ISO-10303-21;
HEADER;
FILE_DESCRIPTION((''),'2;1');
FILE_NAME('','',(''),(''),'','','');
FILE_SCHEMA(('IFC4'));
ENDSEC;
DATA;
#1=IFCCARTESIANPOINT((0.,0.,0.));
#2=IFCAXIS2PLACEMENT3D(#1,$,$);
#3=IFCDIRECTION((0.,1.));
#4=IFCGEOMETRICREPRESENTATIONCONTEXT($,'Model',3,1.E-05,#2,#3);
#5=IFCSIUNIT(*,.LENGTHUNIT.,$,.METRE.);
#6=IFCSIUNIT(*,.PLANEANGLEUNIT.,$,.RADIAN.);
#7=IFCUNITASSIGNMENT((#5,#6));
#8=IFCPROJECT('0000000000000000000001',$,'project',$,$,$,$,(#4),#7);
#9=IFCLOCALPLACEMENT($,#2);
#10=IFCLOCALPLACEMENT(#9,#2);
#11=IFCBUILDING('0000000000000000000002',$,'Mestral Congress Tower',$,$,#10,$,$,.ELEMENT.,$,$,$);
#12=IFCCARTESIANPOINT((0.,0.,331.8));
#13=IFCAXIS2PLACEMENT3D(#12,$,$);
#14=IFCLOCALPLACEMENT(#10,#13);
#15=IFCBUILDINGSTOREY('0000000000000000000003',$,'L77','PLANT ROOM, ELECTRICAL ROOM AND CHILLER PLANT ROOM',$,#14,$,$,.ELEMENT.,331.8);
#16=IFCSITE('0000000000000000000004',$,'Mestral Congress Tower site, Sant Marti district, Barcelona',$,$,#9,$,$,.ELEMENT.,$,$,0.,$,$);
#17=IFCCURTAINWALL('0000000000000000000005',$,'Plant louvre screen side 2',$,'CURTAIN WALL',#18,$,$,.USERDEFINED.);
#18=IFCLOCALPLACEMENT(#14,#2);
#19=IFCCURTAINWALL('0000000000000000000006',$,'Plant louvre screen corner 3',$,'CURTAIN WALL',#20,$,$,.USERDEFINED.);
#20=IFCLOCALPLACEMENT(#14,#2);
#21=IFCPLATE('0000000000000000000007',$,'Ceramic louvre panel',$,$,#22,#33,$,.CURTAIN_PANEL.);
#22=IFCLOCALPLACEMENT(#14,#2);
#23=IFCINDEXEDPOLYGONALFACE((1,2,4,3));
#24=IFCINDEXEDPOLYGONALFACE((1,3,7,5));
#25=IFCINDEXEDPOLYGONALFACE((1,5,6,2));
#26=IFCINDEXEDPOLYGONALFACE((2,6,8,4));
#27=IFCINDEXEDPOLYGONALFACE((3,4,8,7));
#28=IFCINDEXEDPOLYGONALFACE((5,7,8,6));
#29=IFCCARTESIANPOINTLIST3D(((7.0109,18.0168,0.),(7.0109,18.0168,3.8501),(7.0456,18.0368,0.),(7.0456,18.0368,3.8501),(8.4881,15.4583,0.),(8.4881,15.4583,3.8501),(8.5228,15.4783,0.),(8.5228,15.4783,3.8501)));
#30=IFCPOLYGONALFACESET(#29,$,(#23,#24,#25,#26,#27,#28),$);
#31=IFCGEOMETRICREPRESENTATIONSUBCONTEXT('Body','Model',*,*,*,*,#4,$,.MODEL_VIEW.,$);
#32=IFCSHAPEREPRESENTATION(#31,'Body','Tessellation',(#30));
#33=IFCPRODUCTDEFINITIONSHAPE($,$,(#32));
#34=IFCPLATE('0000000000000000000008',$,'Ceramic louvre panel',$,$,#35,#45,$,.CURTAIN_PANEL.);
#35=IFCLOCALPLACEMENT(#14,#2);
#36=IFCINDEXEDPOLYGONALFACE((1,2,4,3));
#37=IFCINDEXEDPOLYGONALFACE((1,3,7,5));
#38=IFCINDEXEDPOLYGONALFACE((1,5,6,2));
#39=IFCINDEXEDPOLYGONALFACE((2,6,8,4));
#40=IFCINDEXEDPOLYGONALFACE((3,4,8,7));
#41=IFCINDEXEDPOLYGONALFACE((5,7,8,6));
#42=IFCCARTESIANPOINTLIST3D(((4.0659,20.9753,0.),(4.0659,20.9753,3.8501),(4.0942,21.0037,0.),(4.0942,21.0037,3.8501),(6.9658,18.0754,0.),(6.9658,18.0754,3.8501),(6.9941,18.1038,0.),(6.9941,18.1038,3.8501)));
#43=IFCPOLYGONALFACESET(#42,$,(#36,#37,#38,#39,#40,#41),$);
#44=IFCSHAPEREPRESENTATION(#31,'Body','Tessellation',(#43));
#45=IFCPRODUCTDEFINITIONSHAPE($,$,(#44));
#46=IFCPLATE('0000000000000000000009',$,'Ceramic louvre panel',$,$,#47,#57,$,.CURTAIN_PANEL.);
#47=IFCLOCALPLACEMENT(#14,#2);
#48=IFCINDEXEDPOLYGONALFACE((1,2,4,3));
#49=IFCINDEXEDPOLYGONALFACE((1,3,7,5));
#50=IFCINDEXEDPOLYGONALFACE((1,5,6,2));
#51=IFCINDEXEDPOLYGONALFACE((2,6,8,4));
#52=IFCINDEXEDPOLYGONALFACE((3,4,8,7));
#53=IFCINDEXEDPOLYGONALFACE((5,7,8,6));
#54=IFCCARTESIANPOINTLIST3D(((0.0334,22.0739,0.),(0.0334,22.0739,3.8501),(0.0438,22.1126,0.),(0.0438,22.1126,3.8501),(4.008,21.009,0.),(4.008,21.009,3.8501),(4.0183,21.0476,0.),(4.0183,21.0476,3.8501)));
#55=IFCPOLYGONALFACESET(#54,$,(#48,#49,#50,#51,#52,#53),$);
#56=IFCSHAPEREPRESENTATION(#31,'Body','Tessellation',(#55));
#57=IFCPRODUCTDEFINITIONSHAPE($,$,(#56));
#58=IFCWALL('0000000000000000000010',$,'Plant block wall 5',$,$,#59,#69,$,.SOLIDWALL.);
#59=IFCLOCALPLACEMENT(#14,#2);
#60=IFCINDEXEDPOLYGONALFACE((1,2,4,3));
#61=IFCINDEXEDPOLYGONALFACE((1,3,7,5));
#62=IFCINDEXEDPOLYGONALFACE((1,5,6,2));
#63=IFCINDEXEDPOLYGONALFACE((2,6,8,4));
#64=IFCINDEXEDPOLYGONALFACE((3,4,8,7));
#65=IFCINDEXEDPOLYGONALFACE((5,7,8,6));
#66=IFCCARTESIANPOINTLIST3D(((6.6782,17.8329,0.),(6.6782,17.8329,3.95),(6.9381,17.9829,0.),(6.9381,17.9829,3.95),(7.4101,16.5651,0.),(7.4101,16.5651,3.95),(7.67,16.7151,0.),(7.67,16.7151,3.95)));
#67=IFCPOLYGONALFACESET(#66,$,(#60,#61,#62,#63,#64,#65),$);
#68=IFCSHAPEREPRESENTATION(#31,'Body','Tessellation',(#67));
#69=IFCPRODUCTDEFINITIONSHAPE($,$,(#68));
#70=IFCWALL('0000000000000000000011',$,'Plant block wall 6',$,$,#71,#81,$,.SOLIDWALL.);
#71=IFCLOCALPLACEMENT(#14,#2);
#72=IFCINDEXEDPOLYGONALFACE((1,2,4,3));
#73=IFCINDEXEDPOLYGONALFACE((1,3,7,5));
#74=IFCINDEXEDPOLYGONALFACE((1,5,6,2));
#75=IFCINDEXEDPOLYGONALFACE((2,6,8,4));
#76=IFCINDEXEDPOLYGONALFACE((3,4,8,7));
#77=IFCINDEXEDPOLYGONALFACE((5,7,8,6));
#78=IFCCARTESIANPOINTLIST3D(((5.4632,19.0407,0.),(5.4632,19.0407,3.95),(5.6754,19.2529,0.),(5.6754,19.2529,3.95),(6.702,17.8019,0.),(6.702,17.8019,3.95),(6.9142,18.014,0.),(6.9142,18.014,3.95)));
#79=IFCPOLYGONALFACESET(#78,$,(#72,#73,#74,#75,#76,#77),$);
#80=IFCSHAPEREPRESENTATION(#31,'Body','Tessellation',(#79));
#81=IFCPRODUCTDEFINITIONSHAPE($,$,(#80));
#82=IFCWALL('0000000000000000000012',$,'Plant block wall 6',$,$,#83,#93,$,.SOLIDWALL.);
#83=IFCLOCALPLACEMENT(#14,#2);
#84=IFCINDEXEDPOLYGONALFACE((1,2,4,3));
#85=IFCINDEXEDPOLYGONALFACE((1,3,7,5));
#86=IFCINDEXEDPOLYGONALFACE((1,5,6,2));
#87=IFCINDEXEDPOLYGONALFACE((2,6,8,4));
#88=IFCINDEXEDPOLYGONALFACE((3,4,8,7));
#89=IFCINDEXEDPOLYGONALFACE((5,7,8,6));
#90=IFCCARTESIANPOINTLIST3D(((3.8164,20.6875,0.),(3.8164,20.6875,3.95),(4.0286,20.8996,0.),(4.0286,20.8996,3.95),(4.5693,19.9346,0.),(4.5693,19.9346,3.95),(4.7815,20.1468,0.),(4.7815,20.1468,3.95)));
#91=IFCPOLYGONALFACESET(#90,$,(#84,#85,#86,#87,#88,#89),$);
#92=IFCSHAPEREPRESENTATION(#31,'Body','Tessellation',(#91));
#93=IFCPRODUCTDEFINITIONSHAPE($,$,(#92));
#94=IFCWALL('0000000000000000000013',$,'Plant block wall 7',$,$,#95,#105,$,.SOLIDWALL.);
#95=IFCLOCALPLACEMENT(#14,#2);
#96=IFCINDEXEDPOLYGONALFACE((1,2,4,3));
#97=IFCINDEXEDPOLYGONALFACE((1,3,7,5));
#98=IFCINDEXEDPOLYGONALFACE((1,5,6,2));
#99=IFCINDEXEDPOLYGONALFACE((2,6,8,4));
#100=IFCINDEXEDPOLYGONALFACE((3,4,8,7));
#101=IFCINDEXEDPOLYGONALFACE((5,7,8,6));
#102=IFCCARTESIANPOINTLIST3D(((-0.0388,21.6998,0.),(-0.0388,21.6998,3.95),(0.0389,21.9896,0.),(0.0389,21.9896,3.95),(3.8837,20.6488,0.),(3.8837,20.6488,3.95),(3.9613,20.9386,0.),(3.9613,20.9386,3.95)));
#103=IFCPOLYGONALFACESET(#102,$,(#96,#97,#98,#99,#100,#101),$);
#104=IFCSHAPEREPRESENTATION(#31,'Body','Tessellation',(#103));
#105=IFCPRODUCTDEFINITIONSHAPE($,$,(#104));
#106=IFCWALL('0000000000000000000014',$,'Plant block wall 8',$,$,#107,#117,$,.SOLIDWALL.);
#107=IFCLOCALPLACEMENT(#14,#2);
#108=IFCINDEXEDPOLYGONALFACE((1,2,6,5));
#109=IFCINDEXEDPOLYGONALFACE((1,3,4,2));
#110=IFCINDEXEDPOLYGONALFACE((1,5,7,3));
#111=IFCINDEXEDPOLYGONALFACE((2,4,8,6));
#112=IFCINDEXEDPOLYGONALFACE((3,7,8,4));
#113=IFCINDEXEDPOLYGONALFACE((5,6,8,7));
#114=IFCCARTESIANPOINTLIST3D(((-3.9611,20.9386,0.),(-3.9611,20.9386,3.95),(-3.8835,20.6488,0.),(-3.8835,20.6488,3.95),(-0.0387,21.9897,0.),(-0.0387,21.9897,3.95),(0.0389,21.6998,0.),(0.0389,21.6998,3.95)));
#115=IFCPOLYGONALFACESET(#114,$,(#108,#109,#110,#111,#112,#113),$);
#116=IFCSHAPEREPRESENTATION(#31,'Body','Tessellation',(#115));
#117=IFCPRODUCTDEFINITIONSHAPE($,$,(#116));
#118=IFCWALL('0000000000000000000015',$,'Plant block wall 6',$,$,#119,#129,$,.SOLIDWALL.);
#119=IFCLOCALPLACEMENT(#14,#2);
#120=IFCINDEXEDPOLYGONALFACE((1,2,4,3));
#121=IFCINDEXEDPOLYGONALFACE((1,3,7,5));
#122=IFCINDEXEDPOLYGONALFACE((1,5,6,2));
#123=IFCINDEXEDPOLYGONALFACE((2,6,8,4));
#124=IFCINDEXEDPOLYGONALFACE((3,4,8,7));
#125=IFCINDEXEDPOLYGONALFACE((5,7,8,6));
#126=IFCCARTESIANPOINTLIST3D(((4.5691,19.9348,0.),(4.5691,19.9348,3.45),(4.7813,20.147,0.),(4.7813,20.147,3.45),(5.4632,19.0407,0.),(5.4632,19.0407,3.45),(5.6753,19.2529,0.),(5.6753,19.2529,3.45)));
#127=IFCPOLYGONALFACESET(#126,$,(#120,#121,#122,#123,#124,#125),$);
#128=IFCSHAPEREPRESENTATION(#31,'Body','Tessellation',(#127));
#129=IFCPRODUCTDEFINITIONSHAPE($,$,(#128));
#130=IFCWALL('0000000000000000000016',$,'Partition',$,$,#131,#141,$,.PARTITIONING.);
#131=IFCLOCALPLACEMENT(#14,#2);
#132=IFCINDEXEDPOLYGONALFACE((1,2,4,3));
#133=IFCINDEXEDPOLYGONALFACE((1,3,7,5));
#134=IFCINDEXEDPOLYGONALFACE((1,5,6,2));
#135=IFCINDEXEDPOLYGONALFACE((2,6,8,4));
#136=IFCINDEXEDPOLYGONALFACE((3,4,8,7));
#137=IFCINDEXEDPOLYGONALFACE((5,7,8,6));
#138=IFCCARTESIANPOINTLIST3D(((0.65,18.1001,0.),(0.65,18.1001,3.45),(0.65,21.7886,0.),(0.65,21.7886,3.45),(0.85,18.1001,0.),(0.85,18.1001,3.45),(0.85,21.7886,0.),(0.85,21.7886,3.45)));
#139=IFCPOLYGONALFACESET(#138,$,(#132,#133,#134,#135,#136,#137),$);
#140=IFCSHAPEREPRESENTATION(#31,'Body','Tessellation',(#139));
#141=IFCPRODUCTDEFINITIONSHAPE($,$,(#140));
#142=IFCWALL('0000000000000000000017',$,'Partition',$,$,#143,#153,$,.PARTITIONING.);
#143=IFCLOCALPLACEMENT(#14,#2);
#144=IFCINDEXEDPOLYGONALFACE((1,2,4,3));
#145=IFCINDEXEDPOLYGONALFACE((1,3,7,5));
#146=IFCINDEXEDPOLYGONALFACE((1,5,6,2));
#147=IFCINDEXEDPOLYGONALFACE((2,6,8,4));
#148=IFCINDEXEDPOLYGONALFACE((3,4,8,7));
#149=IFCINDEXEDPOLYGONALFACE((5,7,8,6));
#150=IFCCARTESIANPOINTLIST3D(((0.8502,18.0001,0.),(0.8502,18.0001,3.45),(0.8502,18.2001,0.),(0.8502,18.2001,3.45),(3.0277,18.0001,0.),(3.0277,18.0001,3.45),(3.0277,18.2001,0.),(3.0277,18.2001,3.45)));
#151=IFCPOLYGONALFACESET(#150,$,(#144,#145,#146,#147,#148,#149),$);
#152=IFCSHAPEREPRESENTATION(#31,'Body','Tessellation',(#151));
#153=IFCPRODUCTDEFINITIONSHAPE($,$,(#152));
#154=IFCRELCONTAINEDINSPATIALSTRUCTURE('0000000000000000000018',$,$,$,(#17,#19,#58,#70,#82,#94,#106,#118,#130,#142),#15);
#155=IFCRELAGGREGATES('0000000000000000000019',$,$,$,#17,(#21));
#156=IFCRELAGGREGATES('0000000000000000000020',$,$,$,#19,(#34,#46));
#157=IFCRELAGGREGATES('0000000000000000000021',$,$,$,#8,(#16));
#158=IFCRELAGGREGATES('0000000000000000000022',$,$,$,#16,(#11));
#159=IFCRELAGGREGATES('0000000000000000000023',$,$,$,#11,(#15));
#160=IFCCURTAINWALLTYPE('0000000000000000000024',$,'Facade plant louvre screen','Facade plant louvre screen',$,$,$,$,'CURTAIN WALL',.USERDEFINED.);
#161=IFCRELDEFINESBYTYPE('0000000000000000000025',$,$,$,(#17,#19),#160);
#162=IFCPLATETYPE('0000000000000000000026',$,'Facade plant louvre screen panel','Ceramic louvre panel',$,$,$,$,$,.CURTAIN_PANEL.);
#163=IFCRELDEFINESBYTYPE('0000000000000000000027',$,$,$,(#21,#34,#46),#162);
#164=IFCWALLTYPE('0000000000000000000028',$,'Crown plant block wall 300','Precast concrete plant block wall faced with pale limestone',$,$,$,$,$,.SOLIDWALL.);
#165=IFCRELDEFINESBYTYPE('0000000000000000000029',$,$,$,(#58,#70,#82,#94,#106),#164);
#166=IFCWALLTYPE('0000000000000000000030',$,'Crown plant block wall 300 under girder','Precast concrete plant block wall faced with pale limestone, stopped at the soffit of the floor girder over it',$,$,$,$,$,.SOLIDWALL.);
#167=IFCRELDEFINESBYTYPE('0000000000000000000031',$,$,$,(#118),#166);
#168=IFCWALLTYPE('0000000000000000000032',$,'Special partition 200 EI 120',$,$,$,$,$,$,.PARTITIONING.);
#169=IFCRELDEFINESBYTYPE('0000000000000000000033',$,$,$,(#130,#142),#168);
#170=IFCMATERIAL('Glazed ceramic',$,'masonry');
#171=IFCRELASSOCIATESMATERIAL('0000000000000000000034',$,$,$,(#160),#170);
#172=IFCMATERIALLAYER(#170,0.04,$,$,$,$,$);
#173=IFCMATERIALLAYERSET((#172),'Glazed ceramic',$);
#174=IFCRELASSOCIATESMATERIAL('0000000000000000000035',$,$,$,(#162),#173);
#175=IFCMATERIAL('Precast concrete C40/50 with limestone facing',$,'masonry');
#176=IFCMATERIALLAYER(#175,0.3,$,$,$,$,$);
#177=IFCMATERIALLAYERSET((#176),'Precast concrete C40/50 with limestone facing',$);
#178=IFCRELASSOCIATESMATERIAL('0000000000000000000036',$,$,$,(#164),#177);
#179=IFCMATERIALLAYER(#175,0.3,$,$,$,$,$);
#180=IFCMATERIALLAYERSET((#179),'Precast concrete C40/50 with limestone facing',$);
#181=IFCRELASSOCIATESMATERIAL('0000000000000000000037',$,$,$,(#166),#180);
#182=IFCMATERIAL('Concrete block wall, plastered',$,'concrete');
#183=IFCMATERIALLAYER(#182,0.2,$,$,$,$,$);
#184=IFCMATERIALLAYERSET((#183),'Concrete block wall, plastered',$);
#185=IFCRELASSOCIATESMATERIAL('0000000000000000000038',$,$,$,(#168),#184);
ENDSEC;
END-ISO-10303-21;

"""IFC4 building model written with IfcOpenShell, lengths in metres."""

from ifc_helpers import new_model, si_unit, direction, frame, frame_2d, origin, origin_2d, place, context, subcontext, project, spatial, rectangle, extrude, material, layer, layer_set, type_object, element, aggregate, save


model = new_model("IFC4")

# Units and contexts
model_context = context("Model", 3, precision=1e-05, world=origin(), true_north=direction((0.0, 1.0)))
body_context = subcontext(model_context, "Body", "Model", "MODEL_VIEW")
ifc_project = project(units=[si_unit("LENGTHUNIT", "METRE"), si_unit("PLANEANGLEUNIT", "RADIAN")], contexts=[model_context])

# Site, building, storey
site_placement = place(None, origin())
site = spatial("IfcSite", under=ifc_project, at=site_placement, Name="Mestral Congress Tower site, Sant Marti district, Barcelona", CompositionType="ELEMENT", RefElevation=0.0)
building_placement = place(site_placement, origin())
building = spatial("IfcBuilding", under=site, at=building_placement, Name="Mestral Congress Tower", CompositionType="ELEMENT")
storey_placement = place(building_placement, frame((0.0, 0.0, 331.8)))
storey = spatial("IfcBuildingStorey", under=building, at=storey_placement, Name="L77", Description="PLANT ROOM, ELECTRICAL ROOM AND CHILLER PLANT ROOM", CompositionType="ELEMENT", Elevation=331.8)

# Curtain wall
ifc_material_1 = material(Name="Glazed ceramic", Category="masonry")
curtain_wall_type = type_object("IfcCurtainWallType", Name="Facade plant louvre screen", Description="Facade plant louvre screen", ElementType="CURTAIN WALL", PredefinedType="USERDEFINED", material=ifc_material_1)
placement = place(storey_placement, origin())
curtain_wall_1 = element("IfcCurtainWall", 1, at=placement, inside=storey, type_object=curtain_wall_type, Name="Plant louvre screen side 2", ObjectType="CURTAIN WALL", PredefinedType="USERDEFINED")

# Curtain wall
curtain_wall_2 = element("IfcCurtainWall", 2, at=placement, inside=storey, type_object=curtain_wall_type, Name="Plant louvre screen corner 3", ObjectType="CURTAIN WALL", PredefinedType="USERDEFINED")

# Plates
ifc_layer_1 = layer(ifc_material_1, 0.04)
ifc_layer_set_1 = layer_set([ifc_layer_1], Name="Glazed ceramic")
plate_type = type_object("IfcPlateType", Name="Facade plant louvre screen panel", Description="Ceramic louvre panel", PredefinedType="CURTAIN_PANEL", material=ifc_layer_set_1)
plate_1_placement = place(storey_placement, frame((7.7668, 16.7476, 0.0), z_axis=(0.0, 0.0, 1.0), x_axis=(-0.500002, 0.866025, 0.0)))
plate_1 = element("IfcPlate", 3, at=plate_1_placement, type_object=plate_type, Name="Ceramic louvre panel", PredefinedType="CURTAIN_PANEL", context=body_context, shape_type="SweptSolid", body=[
    extrude(rectangle(XDim=2.9543, YDim=0.04, at=origin_2d()), origin(), (0.0, 0.0, 1.0), 3.8501),
])
aggregate(curtain_wall_1, [plate_1])
plate_2_placement = place(storey_placement, frame((5.53, 19.5396, 0.0), z_axis=(0.0, 0.0, 1.0), x_axis=(-0.707107, 0.707107, 0.0)))
plate_2 = element("IfcPlate", 4, at=plate_2_placement, type_object=plate_type, Name="Ceramic louvre panel", PredefinedType="CURTAIN_PANEL", context=body_context, shape_type="SweptSolid", body=[
    extrude(rectangle(XDim=4.1011, YDim=0.04, at=origin_2d()), origin(), (0.0, 0.0, 1.0), 3.8501),
])
plate_3_placement = place(storey_placement, frame((2.0259, 21.5608, 0.0), z_axis=(0.0, 0.0, 1.0), x_axis=(-0.965926, 0.258819, 0.0)))
plate_3 = element("IfcPlate", 5, at=plate_3_placement, type_object=plate_type, Name="Ceramic louvre panel", PredefinedType="CURTAIN_PANEL", context=body_context, shape_type="SweptSolid", body=[
    extrude(rectangle(XDim=4.1147, YDim=0.04, at=origin_2d()), origin(), (0.0, 0.0, 1.0), 3.8501),
])
aggregate(curtain_wall_2, [plate_2, plate_3])

# Walls
ifc_material_2 = material(Name="Precast concrete C40/50 with limestone facing", Category="masonry")
ifc_layer_2 = layer(ifc_material_2, 0.3)
ifc_layer_set_2 = layer_set([ifc_layer_2], Name="Precast concrete C40/50 with limestone facing")
wall_type_1 = type_object("IfcWallType", Name="Crown plant block wall 300", Description="Precast concrete plant block wall faced with pale limestone", PredefinedType="SOLIDWALL", material=ifc_layer_set_2)
wall_1_placement = place(storey_placement, frame((7.54, 16.6401, 0.0), z_axis=(0.0, 0.0, 1.0), x_axis=(-0.499977, 0.866038, 0.0)))
element("IfcWall", 6, at=wall_1_placement, inside=storey, type_object=wall_type_1, Name="Plant block wall 5", PredefinedType="SOLIDWALL", context=body_context, shape_type="SweptSolid", body=[
    extrude(rectangle(XDim=1.4639, YDim=0.3, at=frame_2d((0.7319, 0.0))), origin(), (0.0, 0.0, 1.0), 3.95),
])
wall_2_placement = place(storey_placement, frame((6.8081, 17.908, 0.0), z_axis=(0.0, 0.0, 1.0), x_axis=(-0.707107, 0.707107, 0.0)))
element("IfcWall", 7, at=wall_2_placement, inside=storey, type_object=wall_type_1, Name="Plant block wall 6", PredefinedType="SOLIDWALL", context=body_context, shape_type="SweptSolid", body=[
    extrude(rectangle(XDim=1.752, YDim=0.3, at=frame_2d((0.876, 0.0))), origin(), (0.0, 0.0, 1.0), 3.95),
])
wall_3_placement = place(storey_placement, frame((4.6753, 20.0408, 0.0), z_axis=(0.0, 0.0, 1.0), x_axis=(-0.707107, 0.707107, 0.0)))
element("IfcWall", 8, at=wall_3_placement, inside=storey, type_object=wall_type_1, Name="Plant block wall 6", PredefinedType="SOLIDWALL", context=body_context, shape_type="SweptSolid", body=[
    extrude(rectangle(XDim=1.0647, YDim=0.3, at=frame_2d((0.5322, 0.0))), origin(), (0.0, 0.0, 1.0), 3.95),
])
for number, where, z_axis, x_axis, name in (
    (9, (3.9224, 20.7937, 0.0), (0.0, 0.0, 1.0), (-0.965924, 0.258826, 0.0), "Plant block wall 7"),
    (10, (0.0, 21.8447, 0.0), (0.0, 0.0, 1.0), (-0.965924, -0.258826, 0.0), "Plant block wall 8"),
):
    element("IfcWall", number, at=place(storey_placement, frame(where, z_axis=z_axis, x_axis=x_axis)), inside=storey, type_object=wall_type_1, Name=name, PredefinedType="SOLIDWALL", context=body_context, shape_type="SweptSolid", body=[
        extrude(rectangle(XDim=4.0608, YDim=0.3, at=frame_2d((2.0303, 0.0))), origin(), (0.0, 0.0, 1.0), 3.95),
    ])
ifc_layer_3 = layer(ifc_material_2, 0.3)
ifc_layer_set_3 = layer_set([ifc_layer_3], Name="Precast concrete C40/50 with limestone facing")
wall_type_2 = type_object("IfcWallType", Name="Crown plant block wall 300 under girder", Description="Precast concrete plant block wall faced with pale limestone, stopped at the soffit of the floor girder over it", PredefinedType="SOLIDWALL", material=ifc_layer_set_3)
wall_4_placement = place(storey_placement, frame((5.5693, 19.1467, 0.0), z_axis=(0.0, 0.0, 1.0), x_axis=(-0.707107, 0.707107, 0.0)))
element("IfcWall", 11, at=wall_4_placement, inside=storey, type_object=wall_type_2, Name="Plant block wall 6", PredefinedType="SOLIDWALL", context=body_context, shape_type="SweptSolid", body=[
    extrude(rectangle(XDim=1.2644, YDim=0.3, at=frame_2d((0.6323, 0.0))), origin(), (0.0, 0.0, 1.0), 3.45),
])
ifc_material_3 = material(Name="Concrete block wall, plastered", Category="concrete")
ifc_layer_4 = layer(ifc_material_3, 0.2)
ifc_layer_set_4 = layer_set([ifc_layer_4], Name="Concrete block wall, plastered")
wall_type_3 = type_object("IfcWallType", Name="Special partition 200 EI 120", PredefinedType="PARTITIONING", material=ifc_layer_set_4)
wall_5_placement = place(storey_placement, frame((0.75, 21.7886, 0.0), z_axis=(0.0, 0.0, 1.0), x_axis=(0.0, -1.0, 0.0)))
element("IfcWall", 12, at=wall_5_placement, inside=storey, type_object=wall_type_3, Name="Partition", PredefinedType="PARTITIONING", context=body_context, shape_type="SweptSolid", body=[
    extrude(rectangle(XDim=3.6885, YDim=0.2, at=frame_2d((1.8442, 0.0))), origin(), (0.0, 0.0, 1.0), 3.45),
])
wall_6_placement = place(storey_placement, frame((0.8501, 18.1001, 0.0), z_axis=(0.0, 0.0, 1.0), x_axis=(1.0, 0.0, 0.0)))
element("IfcWall", 13, at=wall_6_placement, inside=storey, type_object=wall_type_3, Name="Partition", PredefinedType="PARTITIONING", context=body_context, shape_type="SweptSolid", body=[
    extrude(rectangle(XDim=2.1775, YDim=0.2, at=frame_2d((1.0889, 0.0))), origin(), (0.0, 0.0, 1.0), 3.45),
])

save(model, "model.ifc")
